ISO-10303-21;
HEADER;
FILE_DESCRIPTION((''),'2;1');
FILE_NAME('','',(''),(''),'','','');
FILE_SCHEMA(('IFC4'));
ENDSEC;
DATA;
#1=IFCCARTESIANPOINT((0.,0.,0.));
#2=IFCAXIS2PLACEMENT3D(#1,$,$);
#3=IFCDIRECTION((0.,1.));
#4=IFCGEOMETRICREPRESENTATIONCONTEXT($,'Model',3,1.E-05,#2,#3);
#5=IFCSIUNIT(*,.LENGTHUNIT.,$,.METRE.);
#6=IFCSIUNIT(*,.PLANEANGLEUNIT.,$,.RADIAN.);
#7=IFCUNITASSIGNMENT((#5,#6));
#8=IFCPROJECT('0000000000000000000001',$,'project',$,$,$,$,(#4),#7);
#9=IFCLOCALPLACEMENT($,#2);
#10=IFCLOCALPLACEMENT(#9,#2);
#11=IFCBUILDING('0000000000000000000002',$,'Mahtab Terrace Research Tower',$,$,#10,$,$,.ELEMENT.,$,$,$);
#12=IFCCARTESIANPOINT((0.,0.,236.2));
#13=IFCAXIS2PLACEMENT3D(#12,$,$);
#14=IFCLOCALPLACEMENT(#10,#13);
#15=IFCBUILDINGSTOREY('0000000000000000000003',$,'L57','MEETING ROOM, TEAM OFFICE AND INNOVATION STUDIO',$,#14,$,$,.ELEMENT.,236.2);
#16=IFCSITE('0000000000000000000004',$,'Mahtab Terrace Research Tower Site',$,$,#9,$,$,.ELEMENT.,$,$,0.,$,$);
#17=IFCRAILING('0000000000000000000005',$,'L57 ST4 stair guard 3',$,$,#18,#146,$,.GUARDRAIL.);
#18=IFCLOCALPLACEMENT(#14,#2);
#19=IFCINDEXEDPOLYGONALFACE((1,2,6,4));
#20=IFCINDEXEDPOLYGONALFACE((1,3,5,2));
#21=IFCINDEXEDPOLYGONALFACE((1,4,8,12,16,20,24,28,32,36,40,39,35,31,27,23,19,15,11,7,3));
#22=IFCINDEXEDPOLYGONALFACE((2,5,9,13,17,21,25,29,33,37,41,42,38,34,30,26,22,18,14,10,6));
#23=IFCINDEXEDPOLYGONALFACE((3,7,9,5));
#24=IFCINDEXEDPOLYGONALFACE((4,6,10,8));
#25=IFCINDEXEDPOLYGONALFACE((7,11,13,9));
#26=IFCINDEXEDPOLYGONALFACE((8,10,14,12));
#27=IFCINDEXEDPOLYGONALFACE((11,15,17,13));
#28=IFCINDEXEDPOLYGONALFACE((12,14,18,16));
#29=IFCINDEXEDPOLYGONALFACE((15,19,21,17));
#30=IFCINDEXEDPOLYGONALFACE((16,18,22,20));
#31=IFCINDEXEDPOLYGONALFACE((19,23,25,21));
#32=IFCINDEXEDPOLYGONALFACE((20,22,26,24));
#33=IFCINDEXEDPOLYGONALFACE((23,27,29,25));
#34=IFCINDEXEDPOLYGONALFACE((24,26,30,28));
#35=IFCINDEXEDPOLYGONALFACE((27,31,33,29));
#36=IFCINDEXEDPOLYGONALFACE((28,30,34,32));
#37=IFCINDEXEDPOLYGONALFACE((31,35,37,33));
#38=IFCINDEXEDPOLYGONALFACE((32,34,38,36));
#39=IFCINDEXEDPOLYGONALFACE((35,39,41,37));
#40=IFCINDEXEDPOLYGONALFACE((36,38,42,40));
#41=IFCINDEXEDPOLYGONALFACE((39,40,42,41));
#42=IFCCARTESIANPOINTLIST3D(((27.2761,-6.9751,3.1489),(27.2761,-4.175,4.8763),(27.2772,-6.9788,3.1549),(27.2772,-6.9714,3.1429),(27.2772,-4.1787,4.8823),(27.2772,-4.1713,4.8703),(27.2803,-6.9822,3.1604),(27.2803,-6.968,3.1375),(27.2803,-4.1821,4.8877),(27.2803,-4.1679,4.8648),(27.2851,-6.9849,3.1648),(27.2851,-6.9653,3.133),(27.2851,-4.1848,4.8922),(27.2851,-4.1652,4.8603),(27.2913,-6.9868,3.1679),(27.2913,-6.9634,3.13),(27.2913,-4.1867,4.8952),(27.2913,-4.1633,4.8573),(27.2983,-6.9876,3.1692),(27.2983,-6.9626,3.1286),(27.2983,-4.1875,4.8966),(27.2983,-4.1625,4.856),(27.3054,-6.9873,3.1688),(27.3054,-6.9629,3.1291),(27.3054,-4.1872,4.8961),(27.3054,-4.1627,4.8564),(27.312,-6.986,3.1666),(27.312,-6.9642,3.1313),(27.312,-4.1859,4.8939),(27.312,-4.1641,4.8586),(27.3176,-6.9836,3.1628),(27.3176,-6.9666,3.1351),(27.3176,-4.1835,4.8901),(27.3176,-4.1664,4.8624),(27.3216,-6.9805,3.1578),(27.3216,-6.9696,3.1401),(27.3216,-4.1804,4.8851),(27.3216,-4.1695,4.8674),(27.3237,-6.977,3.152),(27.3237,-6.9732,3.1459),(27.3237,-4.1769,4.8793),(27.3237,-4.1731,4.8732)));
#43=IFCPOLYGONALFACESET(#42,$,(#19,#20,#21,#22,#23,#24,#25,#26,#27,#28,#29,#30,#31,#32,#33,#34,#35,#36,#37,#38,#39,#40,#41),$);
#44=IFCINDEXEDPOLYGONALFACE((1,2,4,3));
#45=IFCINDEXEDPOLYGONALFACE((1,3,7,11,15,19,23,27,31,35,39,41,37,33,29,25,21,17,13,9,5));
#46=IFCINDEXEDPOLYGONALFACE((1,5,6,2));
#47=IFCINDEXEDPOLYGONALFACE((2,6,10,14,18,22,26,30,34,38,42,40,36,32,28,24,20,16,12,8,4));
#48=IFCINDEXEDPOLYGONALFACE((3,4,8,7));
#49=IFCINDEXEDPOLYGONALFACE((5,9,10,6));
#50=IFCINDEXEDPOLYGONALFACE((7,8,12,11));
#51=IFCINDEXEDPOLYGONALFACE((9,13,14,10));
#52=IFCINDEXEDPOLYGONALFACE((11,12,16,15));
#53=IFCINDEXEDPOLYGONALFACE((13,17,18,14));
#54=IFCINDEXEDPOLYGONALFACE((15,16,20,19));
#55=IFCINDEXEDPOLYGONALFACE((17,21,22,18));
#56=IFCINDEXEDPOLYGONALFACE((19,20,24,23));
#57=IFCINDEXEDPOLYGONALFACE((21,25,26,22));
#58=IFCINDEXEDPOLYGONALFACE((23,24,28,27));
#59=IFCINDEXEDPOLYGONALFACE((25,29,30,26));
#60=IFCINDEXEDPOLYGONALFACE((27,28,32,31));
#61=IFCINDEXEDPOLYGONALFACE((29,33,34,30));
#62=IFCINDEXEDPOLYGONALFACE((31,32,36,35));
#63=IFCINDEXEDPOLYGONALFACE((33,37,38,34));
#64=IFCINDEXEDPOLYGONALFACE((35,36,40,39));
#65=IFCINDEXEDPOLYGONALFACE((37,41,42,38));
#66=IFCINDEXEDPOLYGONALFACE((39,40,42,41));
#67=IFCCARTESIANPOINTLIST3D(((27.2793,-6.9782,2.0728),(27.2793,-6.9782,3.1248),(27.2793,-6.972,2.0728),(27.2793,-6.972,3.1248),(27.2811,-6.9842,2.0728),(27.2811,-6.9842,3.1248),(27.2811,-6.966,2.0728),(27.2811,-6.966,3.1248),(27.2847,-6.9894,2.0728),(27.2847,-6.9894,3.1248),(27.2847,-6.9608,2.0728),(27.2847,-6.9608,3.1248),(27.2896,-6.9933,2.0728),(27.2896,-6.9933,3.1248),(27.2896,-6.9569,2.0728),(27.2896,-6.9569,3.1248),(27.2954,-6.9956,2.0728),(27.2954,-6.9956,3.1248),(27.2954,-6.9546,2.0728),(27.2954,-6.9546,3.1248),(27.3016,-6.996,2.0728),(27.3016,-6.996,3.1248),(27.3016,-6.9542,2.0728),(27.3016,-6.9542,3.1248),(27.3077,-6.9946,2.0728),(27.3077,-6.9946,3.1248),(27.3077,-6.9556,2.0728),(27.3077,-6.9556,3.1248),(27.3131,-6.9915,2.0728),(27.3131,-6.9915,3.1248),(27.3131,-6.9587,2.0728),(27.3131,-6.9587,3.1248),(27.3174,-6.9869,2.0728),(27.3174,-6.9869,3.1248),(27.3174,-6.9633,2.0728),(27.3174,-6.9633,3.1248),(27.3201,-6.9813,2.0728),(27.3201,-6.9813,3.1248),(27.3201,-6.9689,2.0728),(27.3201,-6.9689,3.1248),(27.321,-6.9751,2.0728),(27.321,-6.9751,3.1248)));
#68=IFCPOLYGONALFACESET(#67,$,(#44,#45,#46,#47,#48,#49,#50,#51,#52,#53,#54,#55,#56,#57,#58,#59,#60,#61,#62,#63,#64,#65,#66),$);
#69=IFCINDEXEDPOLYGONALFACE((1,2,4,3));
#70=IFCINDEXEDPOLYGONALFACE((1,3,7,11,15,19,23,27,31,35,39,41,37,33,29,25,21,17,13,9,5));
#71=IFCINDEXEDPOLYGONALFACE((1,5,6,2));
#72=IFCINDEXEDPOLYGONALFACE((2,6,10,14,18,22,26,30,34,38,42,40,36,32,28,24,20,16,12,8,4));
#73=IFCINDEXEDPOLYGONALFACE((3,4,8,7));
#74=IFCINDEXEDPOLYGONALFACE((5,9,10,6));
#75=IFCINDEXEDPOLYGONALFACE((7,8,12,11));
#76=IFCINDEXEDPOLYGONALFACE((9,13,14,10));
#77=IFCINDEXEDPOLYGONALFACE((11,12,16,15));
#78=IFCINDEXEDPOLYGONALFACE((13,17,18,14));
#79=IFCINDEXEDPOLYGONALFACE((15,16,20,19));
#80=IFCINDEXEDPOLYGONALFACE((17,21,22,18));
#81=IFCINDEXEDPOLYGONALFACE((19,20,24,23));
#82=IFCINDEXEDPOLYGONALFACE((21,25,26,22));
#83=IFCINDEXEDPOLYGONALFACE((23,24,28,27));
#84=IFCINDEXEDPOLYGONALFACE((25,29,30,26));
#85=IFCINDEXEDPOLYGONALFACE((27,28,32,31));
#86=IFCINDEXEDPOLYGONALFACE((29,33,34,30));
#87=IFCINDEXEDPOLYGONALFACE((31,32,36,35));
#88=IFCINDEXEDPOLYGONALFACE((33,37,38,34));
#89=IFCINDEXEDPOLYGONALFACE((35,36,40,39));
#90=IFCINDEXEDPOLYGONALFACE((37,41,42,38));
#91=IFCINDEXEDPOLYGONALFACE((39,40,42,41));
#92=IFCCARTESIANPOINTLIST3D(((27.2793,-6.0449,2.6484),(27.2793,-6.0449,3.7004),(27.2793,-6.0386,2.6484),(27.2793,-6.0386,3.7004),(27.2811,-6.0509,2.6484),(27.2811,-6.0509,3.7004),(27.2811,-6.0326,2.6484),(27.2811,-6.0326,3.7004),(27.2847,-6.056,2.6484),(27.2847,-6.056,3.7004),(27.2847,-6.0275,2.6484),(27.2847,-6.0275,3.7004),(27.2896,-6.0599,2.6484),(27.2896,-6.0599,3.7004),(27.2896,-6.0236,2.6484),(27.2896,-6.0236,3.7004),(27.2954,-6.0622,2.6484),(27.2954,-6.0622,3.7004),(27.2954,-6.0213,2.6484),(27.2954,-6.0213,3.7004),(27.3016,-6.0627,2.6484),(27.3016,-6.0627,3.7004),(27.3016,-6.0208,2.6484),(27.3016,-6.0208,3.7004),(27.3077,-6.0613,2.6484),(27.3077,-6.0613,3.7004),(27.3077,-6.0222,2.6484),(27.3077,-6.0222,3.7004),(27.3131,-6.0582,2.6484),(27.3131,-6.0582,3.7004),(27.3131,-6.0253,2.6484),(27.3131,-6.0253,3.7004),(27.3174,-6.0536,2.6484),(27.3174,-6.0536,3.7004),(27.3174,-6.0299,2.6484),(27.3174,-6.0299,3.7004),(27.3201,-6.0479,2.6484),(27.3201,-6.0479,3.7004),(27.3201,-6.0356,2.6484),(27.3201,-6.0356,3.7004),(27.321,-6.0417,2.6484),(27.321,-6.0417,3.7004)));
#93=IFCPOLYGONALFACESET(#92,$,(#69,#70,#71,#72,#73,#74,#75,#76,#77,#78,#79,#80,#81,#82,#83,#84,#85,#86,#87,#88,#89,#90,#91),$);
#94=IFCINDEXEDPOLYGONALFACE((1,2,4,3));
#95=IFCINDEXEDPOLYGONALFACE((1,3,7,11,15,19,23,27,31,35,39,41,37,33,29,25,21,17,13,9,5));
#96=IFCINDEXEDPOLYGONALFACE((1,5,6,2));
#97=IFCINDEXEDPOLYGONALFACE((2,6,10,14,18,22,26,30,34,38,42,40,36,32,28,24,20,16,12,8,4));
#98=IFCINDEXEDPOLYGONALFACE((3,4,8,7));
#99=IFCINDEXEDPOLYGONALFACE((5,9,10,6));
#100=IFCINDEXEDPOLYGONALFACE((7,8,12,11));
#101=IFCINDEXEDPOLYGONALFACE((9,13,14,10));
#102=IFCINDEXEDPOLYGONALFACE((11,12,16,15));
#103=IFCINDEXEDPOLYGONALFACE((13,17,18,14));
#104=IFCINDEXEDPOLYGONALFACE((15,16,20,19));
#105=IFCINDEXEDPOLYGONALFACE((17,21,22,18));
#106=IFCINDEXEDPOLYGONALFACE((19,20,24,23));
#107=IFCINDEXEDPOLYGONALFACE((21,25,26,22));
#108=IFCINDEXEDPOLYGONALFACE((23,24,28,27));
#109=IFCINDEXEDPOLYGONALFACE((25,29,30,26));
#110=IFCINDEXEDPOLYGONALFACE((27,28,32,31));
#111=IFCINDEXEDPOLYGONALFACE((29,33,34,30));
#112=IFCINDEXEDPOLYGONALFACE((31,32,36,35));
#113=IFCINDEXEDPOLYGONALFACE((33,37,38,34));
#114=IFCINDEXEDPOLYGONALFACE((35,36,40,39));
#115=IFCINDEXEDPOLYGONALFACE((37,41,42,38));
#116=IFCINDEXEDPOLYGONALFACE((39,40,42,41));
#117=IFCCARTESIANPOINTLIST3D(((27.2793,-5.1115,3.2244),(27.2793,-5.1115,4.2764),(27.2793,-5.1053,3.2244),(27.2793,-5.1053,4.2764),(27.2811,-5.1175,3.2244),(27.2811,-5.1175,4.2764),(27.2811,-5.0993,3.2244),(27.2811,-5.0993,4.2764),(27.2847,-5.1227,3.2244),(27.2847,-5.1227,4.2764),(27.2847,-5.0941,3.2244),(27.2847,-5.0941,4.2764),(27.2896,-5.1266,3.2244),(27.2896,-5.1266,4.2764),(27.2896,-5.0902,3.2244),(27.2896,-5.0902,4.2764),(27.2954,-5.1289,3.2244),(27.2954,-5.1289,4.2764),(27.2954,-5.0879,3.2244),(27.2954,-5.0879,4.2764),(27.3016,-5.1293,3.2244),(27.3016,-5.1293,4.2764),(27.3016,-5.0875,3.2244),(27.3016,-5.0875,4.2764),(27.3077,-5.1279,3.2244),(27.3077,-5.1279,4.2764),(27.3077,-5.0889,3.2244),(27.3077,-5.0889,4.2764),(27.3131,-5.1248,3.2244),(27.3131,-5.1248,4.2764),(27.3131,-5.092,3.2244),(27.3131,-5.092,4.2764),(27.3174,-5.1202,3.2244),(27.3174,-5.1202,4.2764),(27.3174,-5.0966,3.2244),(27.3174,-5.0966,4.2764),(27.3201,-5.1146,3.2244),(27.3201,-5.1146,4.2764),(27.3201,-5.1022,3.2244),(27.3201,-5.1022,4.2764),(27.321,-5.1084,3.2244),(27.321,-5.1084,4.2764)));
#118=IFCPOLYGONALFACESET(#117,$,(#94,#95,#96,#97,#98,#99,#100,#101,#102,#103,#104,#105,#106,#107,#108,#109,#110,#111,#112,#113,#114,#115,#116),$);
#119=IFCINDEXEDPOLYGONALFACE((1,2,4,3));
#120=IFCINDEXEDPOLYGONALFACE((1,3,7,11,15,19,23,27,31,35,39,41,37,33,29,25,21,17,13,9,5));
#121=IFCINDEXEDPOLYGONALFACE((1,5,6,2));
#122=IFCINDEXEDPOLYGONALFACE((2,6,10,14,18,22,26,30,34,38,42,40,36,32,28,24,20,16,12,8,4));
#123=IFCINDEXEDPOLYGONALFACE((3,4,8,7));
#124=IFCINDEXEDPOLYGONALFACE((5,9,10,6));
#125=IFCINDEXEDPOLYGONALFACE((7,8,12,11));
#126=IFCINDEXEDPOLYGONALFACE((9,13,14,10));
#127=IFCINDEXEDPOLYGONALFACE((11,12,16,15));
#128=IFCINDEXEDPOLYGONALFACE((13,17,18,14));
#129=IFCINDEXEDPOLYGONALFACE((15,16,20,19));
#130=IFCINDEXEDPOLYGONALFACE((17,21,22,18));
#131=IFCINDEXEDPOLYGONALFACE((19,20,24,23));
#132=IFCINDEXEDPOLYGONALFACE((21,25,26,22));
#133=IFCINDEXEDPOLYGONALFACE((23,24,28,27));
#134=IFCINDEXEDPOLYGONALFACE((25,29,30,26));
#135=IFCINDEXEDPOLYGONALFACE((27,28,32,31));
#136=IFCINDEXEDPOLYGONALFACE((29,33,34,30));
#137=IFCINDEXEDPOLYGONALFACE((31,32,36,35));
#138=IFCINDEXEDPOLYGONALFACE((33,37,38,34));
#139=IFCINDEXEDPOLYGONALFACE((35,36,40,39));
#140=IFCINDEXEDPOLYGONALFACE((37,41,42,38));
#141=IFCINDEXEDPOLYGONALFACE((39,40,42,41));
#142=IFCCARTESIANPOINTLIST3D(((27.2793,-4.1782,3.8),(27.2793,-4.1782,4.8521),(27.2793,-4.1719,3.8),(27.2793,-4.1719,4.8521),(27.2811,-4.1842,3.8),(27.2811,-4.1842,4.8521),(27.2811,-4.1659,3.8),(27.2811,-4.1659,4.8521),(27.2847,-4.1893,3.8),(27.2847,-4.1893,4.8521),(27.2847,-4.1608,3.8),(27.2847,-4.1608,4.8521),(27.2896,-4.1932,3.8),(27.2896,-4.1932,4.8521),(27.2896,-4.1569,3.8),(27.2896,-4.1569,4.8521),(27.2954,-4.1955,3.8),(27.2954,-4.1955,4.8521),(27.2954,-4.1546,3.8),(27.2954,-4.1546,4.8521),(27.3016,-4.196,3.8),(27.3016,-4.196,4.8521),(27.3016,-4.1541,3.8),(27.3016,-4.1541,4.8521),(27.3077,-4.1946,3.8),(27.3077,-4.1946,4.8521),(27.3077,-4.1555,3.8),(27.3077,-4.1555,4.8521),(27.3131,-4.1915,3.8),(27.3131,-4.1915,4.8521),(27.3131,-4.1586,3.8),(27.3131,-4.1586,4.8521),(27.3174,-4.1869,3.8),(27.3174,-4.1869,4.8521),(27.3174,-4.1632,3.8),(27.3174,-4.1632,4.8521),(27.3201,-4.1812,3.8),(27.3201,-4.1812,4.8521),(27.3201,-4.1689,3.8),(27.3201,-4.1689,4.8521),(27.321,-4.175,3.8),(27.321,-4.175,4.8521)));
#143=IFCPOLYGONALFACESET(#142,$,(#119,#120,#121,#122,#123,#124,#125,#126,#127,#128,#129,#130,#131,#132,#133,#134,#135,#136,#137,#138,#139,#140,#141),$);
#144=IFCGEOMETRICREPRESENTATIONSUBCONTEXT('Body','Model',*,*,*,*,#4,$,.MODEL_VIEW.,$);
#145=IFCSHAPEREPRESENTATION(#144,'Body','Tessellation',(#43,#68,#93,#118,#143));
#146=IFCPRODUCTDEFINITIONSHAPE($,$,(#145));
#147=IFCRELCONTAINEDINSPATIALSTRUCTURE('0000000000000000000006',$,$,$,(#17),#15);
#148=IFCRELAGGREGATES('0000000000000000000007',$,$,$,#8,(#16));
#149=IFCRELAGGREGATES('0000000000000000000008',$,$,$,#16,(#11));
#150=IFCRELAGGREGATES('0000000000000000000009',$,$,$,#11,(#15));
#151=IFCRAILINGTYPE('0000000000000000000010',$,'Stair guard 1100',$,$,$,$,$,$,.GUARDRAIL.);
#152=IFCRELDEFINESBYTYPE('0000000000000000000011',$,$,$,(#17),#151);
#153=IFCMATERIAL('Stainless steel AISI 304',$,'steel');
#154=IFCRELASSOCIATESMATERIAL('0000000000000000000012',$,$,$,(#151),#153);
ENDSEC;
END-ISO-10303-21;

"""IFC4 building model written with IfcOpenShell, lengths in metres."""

from ifc_helpers import new_model, si_unit, direction, frame, origin, origin_2d, place, context, subcontext, project, spatial, circle, extrude, material, type_object, element, save


model = new_model("IFC4")

# Units and contexts
model_context = context("Model", 3, precision=1e-05, world=origin(), true_north=direction((0.0, 1.0)))
body_context = subcontext(model_context, "Body", "Model", "MODEL_VIEW")
ifc_project = project(units=[si_unit("LENGTHUNIT", "METRE"), si_unit("PLANEANGLEUNIT", "RADIAN")], contexts=[model_context])

# Site, building, storey
site_placement = place(None, origin())
site = spatial("IfcSite", under=ifc_project, at=site_placement, Name="Mahtab Terrace Research Tower Site", CompositionType="ELEMENT", RefElevation=0.0)
building_placement = place(site_placement, origin())
building = spatial("IfcBuilding", under=site, at=building_placement, Name="Mahtab Terrace Research Tower", CompositionType="ELEMENT")
storey_placement = place(building_placement, frame((0.0, 0.0, 236.2)))
storey = spatial("IfcBuildingStorey", under=building, at=storey_placement, Name="L57", Description="MEETING ROOM, TEAM OFFICE AND INNOVATION STUDIO", CompositionType="ELEMENT", Elevation=236.2)

# Shared definitions
ifc_material_1 = material(Name="Stainless steel AISI 304", Category="steel")

# Railing
railing_type_1 = type_object("IfcRailingType", Name="Stair guard 1100", PredefinedType="GUARDRAIL", material=ifc_material_1)
railing_1_placement = place(storey_placement, frame((27.3, -6.9751, 2.0728)))
element("IfcRailing", 1, at=railing_1_placement, inside=storey, type_object=railing_type_1, Name="L57 ST4 stair guard 3", PredefinedType="GUARDRAIL", context=body_context, shape_type="SweptSolid", body=[
    extrude(circle(Radius=0.0239, at=origin_2d()), frame((0.0, 0.0, 1.0762), z_axis=(0.0, 0.85109, 0.52502), x_axis=(-1.0, 0.0, 0.0)), (0.0, 0.0, 1.0), 3.29),
    extrude(circle(Radius=0.021, at=origin_2d()), origin(), (0.0, 0.0, 1.0), 1.052),
    extrude(circle(Radius=0.021, at=origin_2d()), frame((0.0, 0.9333, 0.5757)), (0.0, 0.0, 1.0), 1.052),
    extrude(circle(Radius=0.021, at=origin_2d()), frame((0.0, 1.8667, 1.1516)), (0.0, 0.0, 1.0), 1.052),
    extrude(circle(Radius=0.021, at=origin_2d()), frame((0.0, 2.8, 1.7273)), (0.0, 0.0, 1.0), 1.052),
])

save(model, "model.ifc")
